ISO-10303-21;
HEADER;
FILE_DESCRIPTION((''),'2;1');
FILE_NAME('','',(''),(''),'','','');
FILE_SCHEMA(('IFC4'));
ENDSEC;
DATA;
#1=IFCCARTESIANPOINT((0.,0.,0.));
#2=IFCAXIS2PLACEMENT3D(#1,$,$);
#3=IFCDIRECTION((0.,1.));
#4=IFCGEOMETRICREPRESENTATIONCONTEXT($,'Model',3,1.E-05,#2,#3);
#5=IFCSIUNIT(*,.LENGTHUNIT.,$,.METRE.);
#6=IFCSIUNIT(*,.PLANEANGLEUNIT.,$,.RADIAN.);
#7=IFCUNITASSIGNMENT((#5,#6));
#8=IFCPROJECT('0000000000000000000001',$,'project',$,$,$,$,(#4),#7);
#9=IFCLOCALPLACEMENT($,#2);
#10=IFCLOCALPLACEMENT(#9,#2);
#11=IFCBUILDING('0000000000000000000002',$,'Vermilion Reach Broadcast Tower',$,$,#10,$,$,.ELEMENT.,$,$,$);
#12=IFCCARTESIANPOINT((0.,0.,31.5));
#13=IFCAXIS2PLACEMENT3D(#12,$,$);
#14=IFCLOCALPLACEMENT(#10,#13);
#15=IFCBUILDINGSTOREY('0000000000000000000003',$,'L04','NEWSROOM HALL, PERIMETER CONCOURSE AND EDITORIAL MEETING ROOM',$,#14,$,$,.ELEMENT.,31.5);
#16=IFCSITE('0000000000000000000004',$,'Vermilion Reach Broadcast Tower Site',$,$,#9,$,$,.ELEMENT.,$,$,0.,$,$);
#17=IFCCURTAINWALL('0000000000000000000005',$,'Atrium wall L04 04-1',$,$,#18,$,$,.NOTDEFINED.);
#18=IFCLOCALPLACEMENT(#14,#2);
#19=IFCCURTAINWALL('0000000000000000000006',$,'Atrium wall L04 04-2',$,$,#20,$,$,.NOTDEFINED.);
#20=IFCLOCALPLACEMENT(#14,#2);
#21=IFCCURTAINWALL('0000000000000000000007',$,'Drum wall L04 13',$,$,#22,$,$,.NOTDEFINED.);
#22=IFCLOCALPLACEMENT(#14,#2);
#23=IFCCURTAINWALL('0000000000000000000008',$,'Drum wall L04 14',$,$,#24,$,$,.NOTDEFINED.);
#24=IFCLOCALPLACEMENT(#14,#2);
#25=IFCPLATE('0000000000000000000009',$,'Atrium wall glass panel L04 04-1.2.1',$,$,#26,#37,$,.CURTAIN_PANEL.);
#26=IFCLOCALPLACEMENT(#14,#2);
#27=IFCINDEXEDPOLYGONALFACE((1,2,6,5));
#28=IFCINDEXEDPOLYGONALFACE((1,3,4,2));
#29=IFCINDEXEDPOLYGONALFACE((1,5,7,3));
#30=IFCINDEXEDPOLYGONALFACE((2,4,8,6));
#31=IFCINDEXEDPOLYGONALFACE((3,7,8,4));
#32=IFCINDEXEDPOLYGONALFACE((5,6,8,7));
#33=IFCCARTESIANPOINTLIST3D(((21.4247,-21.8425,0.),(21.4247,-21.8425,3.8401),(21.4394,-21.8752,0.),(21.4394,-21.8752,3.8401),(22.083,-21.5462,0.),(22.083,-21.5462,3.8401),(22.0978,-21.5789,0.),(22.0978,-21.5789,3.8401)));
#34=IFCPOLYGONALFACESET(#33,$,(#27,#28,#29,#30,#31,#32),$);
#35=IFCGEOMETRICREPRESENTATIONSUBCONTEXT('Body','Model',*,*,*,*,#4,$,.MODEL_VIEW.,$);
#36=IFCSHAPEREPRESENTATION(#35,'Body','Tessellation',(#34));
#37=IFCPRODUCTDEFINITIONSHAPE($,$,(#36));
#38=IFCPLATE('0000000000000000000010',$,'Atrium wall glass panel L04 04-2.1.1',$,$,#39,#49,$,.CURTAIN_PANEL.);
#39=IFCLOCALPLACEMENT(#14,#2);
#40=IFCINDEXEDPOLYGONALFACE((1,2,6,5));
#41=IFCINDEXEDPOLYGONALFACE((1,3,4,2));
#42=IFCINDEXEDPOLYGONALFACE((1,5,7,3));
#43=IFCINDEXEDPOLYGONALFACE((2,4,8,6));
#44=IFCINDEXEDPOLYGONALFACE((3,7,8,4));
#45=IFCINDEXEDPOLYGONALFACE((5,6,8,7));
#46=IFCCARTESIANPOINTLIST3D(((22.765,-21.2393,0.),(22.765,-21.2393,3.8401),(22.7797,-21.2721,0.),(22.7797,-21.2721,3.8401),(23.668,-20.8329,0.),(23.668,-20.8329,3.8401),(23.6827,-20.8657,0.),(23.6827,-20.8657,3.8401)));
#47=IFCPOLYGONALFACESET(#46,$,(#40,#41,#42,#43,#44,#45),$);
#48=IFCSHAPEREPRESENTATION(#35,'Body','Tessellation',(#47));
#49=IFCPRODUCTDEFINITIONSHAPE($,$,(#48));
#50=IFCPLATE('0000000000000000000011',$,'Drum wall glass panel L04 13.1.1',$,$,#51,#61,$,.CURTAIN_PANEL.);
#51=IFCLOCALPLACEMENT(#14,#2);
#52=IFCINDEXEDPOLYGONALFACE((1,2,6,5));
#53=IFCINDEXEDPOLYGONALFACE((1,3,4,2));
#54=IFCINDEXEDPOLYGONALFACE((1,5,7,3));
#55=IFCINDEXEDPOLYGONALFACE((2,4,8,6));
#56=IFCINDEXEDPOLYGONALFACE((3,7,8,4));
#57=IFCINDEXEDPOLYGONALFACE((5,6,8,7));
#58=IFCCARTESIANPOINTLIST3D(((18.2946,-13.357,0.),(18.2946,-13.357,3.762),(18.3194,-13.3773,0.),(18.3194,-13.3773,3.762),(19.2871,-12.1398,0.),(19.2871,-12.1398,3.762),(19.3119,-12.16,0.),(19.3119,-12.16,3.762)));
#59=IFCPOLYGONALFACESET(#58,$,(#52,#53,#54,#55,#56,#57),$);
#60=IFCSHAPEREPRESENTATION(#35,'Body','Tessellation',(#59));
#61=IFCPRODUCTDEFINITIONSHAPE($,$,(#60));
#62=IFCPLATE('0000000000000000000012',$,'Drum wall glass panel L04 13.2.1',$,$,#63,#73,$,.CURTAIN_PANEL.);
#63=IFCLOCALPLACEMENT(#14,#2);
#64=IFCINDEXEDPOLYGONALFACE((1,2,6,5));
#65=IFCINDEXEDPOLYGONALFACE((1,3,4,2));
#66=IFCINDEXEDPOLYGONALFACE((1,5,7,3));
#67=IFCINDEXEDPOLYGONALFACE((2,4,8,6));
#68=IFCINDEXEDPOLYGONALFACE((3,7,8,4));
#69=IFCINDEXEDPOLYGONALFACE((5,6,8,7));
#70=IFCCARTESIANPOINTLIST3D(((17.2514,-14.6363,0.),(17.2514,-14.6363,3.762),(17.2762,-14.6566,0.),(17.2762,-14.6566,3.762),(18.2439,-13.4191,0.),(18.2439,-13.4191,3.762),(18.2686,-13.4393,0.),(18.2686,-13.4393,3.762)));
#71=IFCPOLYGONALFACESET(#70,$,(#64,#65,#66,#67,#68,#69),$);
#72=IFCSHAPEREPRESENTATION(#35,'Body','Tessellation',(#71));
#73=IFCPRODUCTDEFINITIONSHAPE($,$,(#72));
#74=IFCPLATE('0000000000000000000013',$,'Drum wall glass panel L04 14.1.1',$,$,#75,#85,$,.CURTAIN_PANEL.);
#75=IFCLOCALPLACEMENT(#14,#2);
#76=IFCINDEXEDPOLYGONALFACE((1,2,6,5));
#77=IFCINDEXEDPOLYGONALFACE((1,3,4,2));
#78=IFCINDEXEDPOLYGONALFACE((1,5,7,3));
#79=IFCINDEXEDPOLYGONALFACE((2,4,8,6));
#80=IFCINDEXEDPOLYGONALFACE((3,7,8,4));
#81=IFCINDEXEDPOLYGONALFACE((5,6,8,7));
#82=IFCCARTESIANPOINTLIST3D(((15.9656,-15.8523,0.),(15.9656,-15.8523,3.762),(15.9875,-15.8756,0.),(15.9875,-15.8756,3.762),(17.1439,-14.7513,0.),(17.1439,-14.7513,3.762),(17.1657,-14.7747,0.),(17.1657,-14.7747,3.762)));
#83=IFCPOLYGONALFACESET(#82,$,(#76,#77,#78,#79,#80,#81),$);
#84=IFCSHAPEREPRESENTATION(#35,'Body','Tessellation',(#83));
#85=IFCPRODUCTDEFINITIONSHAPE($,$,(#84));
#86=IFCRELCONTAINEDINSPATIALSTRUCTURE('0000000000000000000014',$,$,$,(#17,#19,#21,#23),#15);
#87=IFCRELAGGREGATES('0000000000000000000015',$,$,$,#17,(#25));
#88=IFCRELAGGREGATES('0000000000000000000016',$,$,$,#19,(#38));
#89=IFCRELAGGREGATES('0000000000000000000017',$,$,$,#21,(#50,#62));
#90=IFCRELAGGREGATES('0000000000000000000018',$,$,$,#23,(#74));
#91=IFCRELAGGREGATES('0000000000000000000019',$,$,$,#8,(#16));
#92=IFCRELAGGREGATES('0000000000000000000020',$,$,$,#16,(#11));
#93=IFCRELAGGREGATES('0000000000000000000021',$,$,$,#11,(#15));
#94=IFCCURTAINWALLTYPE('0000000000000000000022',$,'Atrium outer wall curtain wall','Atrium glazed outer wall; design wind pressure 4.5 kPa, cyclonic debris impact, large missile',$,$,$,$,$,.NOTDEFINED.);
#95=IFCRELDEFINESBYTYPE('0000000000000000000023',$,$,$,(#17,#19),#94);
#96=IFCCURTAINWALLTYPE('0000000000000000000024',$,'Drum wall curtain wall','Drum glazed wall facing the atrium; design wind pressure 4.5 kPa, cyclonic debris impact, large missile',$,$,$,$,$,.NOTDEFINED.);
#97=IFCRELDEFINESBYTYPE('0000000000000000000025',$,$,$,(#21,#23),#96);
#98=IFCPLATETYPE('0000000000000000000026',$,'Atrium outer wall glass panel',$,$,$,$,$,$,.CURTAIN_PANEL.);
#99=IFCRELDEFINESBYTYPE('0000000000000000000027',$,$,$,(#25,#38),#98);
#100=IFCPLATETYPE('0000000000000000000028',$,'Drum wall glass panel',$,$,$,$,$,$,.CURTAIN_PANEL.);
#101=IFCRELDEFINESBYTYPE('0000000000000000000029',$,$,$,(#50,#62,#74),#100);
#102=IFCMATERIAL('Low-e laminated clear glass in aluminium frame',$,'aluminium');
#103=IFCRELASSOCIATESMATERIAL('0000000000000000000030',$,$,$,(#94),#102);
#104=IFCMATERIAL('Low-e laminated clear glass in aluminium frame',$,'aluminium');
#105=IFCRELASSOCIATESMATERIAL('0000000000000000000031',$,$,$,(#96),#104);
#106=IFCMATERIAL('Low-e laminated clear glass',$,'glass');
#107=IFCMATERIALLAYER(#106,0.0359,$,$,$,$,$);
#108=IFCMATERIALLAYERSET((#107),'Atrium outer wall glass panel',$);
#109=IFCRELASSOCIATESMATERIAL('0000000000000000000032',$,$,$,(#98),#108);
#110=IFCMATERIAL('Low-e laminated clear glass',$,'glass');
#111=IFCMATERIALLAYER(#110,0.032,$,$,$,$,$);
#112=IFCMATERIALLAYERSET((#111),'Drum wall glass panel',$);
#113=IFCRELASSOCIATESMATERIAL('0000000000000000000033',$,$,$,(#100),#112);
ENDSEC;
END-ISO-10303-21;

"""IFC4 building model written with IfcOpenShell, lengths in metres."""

from ifc_helpers import new_model, si_unit, direction, frame, origin, origin_2d, place, context, subcontext, project, spatial, rectangle, extrude, material, layer, layer_set, type_object, element, aggregate, save


model = new_model("IFC4")

# Units and contexts
model_context = context("Model", 3, precision=1e-05, world=origin(), true_north=direction((0.0, 1.0)))
body_context = subcontext(model_context, "Body", "Model", "MODEL_VIEW")
ifc_project = project(units=[si_unit("LENGTHUNIT", "METRE"), si_unit("PLANEANGLEUNIT", "RADIAN")], contexts=[model_context])

# Site, building, storey
site_placement = place(None, origin())
site = spatial("IfcSite", under=ifc_project, at=site_placement, Name="Vermilion Reach Broadcast Tower Site", CompositionType="ELEMENT", RefElevation=0.0)
building_placement = place(site_placement, origin())
building = spatial("IfcBuilding", under=site, at=building_placement, Name="Vermilion Reach Broadcast Tower", CompositionType="ELEMENT")
storey_placement = place(building_placement, frame((0.0, 0.0, 31.5)))
storey = spatial("IfcBuildingStorey", under=building, at=storey_placement, Name="L04", Description="NEWSROOM HALL, PERIMETER CONCOURSE AND EDITORIAL MEETING ROOM", CompositionType="ELEMENT", Elevation=31.5)

# Shared definitions
ifc_material_1 = material(Name="Low-e laminated clear glass in aluminium frame", Category="aluminium")
curtain_wall_type_1 = type_object("IfcCurtainWallType", Name="Atrium outer wall curtain wall", Description="Atrium glazed outer wall; design wind pressure 4.5 kPa, cyclonic debris impact, large missile", PredefinedType="NOTDEFINED", material=ifc_material_1)
placement = place(storey_placement, origin())

# Curtain wall
curtain_wall_1 = element("IfcCurtainWall", 1, at=placement, inside=storey, type_object=curtain_wall_type_1, Name="Atrium wall L04 04-1", PredefinedType="NOTDEFINED")

# Curtain wall
curtain_wall_2 = element("IfcCurtainWall", 2, at=placement, inside=storey, type_object=curtain_wall_type_1, Name="Atrium wall L04 04-2", PredefinedType="NOTDEFINED")

# Shared definitions
ifc_material_2 = material(Name="Low-e laminated clear glass in aluminium frame", Category="aluminium")
curtain_wall_type_2 = type_object("IfcCurtainWallType", Name="Drum wall curtain wall", Description="Drum glazed wall facing the atrium; design wind pressure 4.5 kPa, cyclonic debris impact, large missile", PredefinedType="NOTDEFINED", material=ifc_material_2)

# Curtain wall
curtain_wall_3 = element("IfcCurtainWall", 3, at=placement, inside=storey, type_object=curtain_wall_type_2, Name="Drum wall L04 13", PredefinedType="NOTDEFINED")

# Curtain wall
curtain_wall_4 = element("IfcCurtainWall", 4, at=placement, inside=storey, type_object=curtain_wall_type_2, Name="Drum wall L04 14", PredefinedType="NOTDEFINED")

# Plates
ifc_material_3 = material(Name="Low-e laminated clear glass", Category="glass")
ifc_layer_1 = layer(ifc_material_3, 0.0359)
ifc_layer_set_1 = layer_set([ifc_layer_1], Name="Atrium outer wall glass panel")
plate_type_1 = type_object("IfcPlateType", Name="Atrium outer wall glass panel", PredefinedType="CURTAIN_PANEL", material=ifc_layer_set_1)
plate_1_placement = place(storey_placement, frame((21.7612, -21.7107, 0.0), z_axis=(0.0, 0.0, 1.0), x_axis=(0.911902, 0.410408, 0.0)))
plate_1 = element("IfcPlate", 5, at=plate_1_placement, type_object=plate_type_1, Name="Atrium wall glass panel L04 04-1.2.1", PredefinedType="CURTAIN_PANEL", context=body_context, shape_type="SweptSolid", body=[
    extrude(rectangle(XDim=0.7219, YDim=0.0359, at=origin_2d()), origin(), (0.0, 0.0, 1.0), 3.8401),
])
aggregate(curtain_wall_1, [plate_1])
plate_2_placement = place(storey_placement, frame((23.2239, -21.0525, 0.0), z_axis=(0.0, 0.0, 1.0), x_axis=(0.911902, 0.410408, 0.0)))
plate_2 = element("IfcPlate", 6, at=plate_2_placement, type_object=plate_type_1, Name="Atrium wall glass panel L04 04-2.1.1", PredefinedType="CURTAIN_PANEL", context=body_context, shape_type="SweptSolid", body=[
    extrude(rectangle(XDim=0.9902, YDim=0.0359, at=origin_2d()), origin(), (0.0, 0.0, 1.0), 3.8401),
])
aggregate(curtain_wall_2, [plate_2])
ifc_material_4 = material(Name="Low-e laminated clear glass", Category="glass")
ifc_layer_2 = layer(ifc_material_4, 0.032)
ifc_layer_set_2 = layer_set([ifc_layer_2], Name="Drum wall glass panel")
plate_type_2 = type_object("IfcPlateType", Name="Drum wall glass panel", PredefinedType="CURTAIN_PANEL", material=ifc_layer_set_2)
plate_3_placement = place(storey_placement, frame((18.8032, -12.7585, 0.0), z_axis=(0.0, 0.0, 1.0), x_axis=(-0.631931, -0.775025, 0.0)))
plate_3 = element("IfcPlate", 7, at=plate_3_placement, type_object=plate_type_2, Name="Drum wall glass panel L04 13.1.1", PredefinedType="CURTAIN_PANEL", context=body_context, shape_type="SweptSolid", body=[
    extrude(rectangle(XDim=1.5706, YDim=0.032, at=origin_2d()), origin(), (0.0, 0.0, 1.0), 3.762),
])
plate_4_placement = place(storey_placement, frame((17.76, -14.0378, 0.0), z_axis=(0.0, 0.0, 1.0), x_axis=(-0.631931, -0.775025, 0.0)))
plate_4 = element("IfcPlate", 8, at=plate_4_placement, type_object=plate_type_2, Name="Drum wall glass panel L04 13.2.1", PredefinedType="CURTAIN_PANEL", context=body_context, shape_type="SweptSolid", body=[
    extrude(rectangle(XDim=1.5706, YDim=0.032, at=origin_2d()), origin(), (0.0, 0.0, 1.0), 3.762),
])
aggregate(curtain_wall_3, [plate_3, plate_4])
plate_5_placement = place(storey_placement, frame((16.5657, -15.3135, 0.0), z_axis=(0.0, 0.0, 1.0), x_axis=(-0.730654, -0.682748, 0.0)))
plate_5 = element("IfcPlate", 9, at=plate_5_placement, type_object=plate_type_2, Name="Drum wall glass panel L04 14.1.1", PredefinedType="CURTAIN_PANEL", context=body_context, shape_type="SweptSolid", body=[
    extrude(rectangle(XDim=1.6125, YDim=0.032, at=origin_2d()), origin(), (0.0, 0.0, 1.0), 3.762),
])
aggregate(curtain_wall_4, [plate_5])

save(model, "model.ifc")
